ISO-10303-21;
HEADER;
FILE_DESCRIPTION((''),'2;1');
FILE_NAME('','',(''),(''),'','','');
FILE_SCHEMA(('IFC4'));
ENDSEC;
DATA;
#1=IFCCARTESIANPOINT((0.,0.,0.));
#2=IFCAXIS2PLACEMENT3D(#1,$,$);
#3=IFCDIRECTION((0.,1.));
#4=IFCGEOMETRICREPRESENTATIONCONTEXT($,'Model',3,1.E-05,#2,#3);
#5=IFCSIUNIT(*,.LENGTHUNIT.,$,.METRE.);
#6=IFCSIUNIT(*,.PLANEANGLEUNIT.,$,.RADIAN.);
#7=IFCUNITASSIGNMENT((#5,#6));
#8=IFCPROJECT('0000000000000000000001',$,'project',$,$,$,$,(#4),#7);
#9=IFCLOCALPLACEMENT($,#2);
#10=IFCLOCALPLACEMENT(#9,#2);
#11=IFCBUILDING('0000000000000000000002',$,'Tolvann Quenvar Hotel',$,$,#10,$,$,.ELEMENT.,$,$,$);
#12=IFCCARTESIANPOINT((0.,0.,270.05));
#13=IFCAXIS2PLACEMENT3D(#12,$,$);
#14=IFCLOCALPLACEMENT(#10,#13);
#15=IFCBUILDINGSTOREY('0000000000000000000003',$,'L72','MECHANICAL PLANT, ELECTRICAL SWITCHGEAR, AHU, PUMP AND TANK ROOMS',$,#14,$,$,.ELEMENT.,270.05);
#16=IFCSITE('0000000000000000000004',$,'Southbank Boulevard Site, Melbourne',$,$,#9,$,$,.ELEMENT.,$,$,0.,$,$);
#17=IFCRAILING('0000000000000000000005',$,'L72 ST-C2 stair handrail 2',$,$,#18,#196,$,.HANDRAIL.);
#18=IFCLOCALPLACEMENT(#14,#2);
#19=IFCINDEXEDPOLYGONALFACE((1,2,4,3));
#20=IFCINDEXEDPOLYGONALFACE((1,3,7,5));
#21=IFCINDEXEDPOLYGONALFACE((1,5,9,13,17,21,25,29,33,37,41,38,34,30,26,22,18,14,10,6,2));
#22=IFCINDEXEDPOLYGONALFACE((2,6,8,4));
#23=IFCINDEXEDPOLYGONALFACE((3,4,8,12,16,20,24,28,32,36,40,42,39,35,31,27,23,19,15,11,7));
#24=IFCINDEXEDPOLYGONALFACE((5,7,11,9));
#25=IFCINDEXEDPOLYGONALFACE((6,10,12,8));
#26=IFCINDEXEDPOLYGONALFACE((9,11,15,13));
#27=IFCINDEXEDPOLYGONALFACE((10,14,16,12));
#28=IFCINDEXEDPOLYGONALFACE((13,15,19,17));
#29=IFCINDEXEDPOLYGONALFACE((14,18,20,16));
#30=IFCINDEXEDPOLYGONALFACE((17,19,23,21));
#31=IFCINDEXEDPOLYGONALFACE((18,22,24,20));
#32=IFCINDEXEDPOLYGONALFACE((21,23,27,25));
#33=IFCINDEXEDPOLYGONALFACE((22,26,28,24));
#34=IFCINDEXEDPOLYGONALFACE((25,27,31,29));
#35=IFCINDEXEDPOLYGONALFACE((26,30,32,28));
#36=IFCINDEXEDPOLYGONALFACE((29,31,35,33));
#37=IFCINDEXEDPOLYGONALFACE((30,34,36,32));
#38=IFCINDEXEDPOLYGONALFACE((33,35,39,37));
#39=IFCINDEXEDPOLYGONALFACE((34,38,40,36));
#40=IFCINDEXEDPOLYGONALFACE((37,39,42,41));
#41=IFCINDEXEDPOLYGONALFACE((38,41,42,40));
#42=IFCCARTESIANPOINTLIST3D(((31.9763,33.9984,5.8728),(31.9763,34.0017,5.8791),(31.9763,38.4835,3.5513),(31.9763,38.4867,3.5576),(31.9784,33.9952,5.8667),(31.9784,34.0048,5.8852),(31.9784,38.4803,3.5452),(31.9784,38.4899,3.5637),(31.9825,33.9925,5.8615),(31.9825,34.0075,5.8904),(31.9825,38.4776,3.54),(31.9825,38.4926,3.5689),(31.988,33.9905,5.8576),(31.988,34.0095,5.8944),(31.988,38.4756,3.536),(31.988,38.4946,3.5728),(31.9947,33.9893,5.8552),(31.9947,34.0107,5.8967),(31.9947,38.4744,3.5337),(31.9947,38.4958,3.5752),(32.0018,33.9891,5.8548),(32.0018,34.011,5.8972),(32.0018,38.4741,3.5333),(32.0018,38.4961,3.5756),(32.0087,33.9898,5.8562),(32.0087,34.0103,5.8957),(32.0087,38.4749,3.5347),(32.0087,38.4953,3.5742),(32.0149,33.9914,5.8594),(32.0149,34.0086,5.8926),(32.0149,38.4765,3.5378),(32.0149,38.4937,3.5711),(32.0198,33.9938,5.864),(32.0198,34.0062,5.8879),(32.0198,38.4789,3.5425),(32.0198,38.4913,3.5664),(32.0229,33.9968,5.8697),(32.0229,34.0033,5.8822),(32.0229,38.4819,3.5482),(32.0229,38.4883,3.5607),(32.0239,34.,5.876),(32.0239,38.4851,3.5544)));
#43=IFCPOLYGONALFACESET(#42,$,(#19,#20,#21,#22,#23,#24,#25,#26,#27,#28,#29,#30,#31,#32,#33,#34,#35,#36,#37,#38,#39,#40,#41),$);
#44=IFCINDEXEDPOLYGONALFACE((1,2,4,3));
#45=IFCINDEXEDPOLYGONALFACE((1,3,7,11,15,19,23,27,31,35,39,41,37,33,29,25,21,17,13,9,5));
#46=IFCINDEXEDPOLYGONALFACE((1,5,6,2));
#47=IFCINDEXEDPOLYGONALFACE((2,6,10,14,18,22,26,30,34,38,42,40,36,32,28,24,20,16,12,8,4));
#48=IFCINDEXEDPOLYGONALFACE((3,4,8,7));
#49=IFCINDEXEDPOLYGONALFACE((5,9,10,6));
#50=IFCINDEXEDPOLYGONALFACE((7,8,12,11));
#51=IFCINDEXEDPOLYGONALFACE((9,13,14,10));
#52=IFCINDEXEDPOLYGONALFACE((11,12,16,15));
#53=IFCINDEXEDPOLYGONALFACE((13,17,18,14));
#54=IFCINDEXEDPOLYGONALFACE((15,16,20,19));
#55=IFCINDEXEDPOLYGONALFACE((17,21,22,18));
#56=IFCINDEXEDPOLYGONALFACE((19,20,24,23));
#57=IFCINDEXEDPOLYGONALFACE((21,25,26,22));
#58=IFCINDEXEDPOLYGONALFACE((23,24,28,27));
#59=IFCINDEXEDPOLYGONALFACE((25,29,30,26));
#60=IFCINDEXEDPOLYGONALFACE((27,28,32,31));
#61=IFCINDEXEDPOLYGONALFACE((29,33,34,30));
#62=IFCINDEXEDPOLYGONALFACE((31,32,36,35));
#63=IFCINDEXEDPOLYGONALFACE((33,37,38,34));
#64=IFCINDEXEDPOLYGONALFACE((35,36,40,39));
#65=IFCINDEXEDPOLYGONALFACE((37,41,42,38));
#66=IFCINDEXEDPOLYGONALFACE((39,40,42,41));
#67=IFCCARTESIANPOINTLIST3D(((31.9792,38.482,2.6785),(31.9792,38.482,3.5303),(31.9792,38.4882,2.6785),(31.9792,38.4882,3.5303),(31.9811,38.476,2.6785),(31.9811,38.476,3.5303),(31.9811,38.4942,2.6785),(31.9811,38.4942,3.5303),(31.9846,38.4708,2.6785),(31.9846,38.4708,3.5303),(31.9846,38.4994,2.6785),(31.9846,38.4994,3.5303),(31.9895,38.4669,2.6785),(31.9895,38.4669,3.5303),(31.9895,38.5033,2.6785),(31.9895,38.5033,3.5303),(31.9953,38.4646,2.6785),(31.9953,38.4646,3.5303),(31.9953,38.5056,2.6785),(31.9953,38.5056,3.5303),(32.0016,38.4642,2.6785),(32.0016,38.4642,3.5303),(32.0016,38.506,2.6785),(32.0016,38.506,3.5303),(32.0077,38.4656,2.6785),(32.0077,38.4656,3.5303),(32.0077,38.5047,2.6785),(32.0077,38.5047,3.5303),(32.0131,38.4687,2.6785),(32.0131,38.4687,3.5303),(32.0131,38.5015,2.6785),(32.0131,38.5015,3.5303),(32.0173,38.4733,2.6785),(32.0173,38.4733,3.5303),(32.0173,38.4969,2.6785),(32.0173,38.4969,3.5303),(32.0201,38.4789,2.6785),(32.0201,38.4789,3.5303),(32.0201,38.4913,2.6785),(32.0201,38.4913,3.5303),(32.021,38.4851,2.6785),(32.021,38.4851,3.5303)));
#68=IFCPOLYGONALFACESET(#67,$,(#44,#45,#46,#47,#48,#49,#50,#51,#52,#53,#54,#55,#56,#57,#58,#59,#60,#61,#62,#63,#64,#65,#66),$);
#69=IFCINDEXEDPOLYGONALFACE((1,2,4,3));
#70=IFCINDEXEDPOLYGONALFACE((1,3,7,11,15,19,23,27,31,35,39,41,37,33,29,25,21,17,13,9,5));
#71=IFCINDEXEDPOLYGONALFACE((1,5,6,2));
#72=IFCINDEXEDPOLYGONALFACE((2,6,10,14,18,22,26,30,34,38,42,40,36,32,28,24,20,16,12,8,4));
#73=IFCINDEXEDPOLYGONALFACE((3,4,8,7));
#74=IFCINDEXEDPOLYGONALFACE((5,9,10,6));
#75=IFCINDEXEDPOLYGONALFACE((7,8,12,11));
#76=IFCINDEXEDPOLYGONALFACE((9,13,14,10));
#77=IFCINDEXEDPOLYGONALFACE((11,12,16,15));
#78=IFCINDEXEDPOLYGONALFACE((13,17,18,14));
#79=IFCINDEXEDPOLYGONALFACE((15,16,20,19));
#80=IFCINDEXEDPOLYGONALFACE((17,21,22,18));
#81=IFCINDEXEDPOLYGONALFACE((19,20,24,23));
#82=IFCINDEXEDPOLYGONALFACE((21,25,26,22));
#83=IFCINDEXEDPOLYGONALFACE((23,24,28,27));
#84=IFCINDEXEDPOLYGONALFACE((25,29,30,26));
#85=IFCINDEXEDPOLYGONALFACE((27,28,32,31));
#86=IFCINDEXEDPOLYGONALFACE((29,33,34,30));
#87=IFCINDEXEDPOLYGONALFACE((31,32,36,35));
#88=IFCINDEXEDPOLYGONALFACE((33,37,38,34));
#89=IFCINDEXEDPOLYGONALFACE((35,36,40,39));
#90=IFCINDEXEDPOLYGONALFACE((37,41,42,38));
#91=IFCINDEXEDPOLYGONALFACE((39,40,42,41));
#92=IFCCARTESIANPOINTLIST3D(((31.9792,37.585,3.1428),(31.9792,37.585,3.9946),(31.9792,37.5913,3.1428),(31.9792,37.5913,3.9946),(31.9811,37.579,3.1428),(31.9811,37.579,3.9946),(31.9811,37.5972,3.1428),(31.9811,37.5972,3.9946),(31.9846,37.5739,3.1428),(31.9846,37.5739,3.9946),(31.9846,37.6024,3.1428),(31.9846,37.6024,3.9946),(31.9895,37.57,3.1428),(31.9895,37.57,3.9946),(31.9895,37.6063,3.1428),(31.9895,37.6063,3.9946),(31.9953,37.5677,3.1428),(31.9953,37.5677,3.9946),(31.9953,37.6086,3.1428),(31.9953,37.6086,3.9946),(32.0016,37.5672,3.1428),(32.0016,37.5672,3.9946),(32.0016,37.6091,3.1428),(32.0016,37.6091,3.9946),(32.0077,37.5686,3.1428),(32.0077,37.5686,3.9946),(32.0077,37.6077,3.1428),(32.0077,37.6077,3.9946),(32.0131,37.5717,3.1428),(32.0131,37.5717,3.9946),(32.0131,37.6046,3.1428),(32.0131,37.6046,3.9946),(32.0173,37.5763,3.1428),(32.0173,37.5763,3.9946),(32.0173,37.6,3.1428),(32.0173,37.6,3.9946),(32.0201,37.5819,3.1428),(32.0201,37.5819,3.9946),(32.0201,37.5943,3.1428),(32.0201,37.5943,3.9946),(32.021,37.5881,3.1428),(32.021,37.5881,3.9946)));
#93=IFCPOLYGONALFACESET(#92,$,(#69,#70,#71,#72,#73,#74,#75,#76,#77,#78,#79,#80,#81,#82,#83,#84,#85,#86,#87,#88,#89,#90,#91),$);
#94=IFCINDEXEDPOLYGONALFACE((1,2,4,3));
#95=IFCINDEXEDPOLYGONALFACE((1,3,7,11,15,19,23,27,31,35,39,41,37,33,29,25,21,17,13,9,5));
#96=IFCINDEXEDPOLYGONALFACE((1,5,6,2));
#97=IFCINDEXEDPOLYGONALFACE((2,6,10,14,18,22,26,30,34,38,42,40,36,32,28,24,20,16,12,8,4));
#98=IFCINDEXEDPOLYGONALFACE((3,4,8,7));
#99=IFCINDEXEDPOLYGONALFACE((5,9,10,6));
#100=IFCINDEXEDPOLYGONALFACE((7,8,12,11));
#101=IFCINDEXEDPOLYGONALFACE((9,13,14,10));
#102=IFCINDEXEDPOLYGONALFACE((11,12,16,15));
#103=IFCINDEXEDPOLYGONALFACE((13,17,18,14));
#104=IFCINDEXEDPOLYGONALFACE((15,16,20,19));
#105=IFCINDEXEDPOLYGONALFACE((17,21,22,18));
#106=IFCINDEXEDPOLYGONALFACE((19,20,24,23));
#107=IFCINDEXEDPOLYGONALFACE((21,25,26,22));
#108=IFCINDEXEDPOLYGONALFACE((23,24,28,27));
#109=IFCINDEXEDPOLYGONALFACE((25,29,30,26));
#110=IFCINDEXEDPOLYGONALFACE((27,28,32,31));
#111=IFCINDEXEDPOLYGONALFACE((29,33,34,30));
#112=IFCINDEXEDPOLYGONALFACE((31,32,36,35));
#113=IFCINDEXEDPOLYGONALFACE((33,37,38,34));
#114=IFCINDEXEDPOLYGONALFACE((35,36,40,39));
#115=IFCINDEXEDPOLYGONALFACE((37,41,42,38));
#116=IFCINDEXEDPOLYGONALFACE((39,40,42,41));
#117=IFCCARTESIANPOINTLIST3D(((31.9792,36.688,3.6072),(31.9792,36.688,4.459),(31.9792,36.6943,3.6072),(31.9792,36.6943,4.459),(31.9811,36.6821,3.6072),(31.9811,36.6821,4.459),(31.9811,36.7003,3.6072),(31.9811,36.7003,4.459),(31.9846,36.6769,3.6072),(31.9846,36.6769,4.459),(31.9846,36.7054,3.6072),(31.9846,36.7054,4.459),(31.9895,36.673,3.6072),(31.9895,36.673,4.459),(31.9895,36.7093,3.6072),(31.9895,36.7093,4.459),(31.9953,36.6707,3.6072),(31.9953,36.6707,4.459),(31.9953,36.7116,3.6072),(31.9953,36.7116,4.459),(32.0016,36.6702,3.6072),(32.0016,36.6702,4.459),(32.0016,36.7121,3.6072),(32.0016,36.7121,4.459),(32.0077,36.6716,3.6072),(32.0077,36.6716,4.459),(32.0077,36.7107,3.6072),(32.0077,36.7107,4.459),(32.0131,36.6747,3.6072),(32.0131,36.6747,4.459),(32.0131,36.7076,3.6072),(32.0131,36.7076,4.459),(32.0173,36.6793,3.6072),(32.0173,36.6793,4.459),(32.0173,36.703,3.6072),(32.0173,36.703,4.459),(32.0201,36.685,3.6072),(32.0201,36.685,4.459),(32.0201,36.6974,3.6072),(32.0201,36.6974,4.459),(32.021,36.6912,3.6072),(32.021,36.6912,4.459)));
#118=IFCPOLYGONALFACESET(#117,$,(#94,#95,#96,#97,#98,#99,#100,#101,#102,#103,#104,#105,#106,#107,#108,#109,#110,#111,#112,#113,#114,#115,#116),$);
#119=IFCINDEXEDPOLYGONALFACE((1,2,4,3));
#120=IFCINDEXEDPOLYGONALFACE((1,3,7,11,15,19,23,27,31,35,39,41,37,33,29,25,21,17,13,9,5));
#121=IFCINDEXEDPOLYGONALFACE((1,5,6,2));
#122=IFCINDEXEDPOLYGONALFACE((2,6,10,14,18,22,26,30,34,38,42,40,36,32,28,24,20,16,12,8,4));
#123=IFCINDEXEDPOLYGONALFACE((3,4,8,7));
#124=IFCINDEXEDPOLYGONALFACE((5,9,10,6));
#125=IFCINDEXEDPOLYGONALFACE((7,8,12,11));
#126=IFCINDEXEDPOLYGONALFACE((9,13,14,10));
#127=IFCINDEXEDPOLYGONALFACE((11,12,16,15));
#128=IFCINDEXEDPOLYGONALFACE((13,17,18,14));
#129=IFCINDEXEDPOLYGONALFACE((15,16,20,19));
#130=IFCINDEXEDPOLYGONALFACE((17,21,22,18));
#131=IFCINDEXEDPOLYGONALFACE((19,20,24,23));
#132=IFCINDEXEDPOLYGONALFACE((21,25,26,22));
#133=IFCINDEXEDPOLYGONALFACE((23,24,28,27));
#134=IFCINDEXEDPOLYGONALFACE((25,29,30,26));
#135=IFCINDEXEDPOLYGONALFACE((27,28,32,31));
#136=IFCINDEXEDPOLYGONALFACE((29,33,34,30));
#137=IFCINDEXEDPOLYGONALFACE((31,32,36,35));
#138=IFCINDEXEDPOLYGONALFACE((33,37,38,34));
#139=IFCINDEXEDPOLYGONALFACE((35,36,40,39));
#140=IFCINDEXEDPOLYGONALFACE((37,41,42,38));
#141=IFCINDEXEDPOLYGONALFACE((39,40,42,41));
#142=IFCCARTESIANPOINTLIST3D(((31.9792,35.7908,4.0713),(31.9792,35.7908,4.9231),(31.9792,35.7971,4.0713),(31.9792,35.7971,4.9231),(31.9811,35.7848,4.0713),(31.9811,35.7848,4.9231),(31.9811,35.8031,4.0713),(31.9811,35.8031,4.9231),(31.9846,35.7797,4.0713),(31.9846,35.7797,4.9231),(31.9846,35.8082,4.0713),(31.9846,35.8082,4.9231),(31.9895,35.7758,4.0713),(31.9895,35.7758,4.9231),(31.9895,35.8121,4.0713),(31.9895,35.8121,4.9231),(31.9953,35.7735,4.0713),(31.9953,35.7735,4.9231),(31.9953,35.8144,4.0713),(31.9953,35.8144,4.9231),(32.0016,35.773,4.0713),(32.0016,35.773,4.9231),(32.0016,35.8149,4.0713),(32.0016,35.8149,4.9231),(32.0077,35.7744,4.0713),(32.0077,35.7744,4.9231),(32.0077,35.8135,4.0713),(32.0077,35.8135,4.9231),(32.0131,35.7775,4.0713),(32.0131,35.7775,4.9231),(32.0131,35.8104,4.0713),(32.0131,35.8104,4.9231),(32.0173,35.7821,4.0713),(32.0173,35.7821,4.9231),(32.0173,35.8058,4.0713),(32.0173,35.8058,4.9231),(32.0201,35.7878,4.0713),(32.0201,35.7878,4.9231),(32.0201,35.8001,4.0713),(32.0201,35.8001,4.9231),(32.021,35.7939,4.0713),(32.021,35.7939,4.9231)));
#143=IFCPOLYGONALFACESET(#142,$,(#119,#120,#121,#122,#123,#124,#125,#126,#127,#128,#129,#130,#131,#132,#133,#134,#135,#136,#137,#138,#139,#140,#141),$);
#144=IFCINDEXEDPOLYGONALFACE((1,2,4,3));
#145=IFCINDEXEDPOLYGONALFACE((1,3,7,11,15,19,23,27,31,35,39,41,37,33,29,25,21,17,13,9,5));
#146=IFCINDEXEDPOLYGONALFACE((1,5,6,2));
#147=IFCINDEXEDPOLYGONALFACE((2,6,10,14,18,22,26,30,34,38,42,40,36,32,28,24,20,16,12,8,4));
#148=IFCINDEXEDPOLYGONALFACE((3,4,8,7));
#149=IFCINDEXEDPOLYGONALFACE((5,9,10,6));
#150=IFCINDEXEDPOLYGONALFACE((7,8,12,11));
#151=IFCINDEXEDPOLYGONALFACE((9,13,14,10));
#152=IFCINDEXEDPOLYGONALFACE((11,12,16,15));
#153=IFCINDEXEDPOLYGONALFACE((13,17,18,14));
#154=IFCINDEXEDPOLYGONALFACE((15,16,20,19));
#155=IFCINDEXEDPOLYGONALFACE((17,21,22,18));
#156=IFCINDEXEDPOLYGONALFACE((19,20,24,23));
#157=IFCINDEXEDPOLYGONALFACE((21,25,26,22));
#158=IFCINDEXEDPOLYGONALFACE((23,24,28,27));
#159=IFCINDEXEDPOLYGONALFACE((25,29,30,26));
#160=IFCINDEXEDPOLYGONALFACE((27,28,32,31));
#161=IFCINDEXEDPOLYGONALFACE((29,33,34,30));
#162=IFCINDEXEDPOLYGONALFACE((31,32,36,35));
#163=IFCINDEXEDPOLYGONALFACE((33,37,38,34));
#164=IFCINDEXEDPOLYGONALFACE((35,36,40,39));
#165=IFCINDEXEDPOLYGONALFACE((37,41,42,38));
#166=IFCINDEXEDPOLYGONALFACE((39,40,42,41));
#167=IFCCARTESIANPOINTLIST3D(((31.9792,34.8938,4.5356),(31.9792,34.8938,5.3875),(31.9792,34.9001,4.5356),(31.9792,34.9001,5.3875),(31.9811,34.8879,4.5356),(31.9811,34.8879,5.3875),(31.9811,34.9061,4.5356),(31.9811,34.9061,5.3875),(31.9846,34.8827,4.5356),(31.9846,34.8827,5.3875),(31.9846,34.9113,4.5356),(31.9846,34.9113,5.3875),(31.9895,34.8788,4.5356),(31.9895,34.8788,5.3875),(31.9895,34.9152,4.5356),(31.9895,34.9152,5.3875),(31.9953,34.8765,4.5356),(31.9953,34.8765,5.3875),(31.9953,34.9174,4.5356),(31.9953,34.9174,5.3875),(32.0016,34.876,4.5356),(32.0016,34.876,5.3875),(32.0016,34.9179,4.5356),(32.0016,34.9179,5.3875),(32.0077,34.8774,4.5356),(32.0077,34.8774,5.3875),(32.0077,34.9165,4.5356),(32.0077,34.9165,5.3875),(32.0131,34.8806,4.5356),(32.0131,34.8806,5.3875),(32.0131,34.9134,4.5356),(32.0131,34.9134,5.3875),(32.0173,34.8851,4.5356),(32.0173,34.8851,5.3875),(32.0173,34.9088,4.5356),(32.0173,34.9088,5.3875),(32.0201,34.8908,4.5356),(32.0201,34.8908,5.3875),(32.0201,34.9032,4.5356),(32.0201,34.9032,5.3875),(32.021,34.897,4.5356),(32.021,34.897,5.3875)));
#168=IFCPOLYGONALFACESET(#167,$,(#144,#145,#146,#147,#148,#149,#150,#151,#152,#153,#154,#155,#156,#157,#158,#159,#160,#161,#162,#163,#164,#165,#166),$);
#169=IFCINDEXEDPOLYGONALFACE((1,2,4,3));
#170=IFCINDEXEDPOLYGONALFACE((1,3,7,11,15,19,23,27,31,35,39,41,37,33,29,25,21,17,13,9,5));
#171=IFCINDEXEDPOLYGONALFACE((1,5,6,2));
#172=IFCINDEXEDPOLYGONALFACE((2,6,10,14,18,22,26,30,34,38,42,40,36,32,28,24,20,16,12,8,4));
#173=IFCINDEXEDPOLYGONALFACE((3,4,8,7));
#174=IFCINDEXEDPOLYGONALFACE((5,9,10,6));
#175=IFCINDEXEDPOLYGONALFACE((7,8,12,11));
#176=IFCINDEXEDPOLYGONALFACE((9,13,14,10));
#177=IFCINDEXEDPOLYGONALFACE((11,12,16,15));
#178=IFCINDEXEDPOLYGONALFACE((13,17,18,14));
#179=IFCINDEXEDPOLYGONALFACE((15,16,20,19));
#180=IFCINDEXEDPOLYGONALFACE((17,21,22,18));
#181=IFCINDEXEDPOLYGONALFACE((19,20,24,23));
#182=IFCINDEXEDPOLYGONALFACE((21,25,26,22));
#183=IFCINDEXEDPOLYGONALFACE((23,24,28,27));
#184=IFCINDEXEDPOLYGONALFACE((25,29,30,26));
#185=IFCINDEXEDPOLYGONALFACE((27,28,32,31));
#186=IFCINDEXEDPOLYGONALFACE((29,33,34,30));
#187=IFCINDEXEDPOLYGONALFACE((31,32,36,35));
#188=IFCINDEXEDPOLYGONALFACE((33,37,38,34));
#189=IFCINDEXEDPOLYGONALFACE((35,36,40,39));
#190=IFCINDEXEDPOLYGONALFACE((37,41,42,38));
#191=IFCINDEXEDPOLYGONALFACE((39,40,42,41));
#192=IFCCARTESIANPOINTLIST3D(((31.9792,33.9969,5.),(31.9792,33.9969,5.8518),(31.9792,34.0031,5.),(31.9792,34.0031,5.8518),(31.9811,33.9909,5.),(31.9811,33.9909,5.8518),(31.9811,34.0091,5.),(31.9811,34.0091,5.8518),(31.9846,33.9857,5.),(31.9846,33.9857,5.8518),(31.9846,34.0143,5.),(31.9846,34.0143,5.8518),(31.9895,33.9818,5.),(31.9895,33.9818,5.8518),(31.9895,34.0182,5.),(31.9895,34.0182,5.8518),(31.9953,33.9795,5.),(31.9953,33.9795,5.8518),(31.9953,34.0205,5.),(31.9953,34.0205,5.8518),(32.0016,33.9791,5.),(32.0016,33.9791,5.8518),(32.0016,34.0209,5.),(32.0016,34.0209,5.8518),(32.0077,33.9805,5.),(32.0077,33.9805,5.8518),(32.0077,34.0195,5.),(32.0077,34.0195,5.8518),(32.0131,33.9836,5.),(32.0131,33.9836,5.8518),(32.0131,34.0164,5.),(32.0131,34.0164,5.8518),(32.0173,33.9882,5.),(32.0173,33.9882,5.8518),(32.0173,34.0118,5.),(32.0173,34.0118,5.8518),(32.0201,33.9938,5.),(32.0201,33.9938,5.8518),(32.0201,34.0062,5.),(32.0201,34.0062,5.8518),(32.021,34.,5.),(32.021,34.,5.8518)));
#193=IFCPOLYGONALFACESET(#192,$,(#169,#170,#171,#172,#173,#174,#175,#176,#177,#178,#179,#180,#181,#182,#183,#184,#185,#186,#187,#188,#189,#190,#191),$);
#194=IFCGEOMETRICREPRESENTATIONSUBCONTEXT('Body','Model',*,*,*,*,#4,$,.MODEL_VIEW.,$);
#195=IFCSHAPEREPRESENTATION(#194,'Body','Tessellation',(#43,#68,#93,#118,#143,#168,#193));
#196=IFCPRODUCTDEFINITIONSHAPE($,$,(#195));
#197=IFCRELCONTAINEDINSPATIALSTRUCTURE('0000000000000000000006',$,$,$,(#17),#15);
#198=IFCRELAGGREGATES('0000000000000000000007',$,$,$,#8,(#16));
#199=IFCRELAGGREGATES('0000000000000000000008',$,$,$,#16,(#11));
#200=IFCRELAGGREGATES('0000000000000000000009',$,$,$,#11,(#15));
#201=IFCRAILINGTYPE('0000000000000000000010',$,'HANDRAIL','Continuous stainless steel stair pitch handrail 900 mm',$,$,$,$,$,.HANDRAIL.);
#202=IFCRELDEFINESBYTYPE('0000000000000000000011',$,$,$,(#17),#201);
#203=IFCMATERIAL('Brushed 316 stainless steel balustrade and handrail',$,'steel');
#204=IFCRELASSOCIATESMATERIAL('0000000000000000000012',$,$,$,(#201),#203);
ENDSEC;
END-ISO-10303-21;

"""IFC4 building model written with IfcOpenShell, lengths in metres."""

from ifc_helpers import new_model, si_unit, direction, frame, origin, origin_2d, place, context, subcontext, project, spatial, circle, extrude, material, type_object, element, save


model = new_model("IFC4")

# Units and contexts
model_context = context("Model", 3, precision=1e-05, world=origin(), true_north=direction((0.0, 1.0)))
body_context = subcontext(model_context, "Body", "Model", "MODEL_VIEW")
ifc_project = project(units=[si_unit("LENGTHUNIT", "METRE"), si_unit("PLANEANGLEUNIT", "RADIAN")], contexts=[model_context])

# Site, building, storey
site_placement = place(None, origin())
site = spatial("IfcSite", under=ifc_project, at=site_placement, Name="Southbank Boulevard Site, Melbourne", CompositionType="ELEMENT", RefElevation=0.0)
building_placement = place(site_placement, origin())
building = spatial("IfcBuilding", under=site, at=building_placement, Name="Tolvann Quenvar Hotel", CompositionType="ELEMENT")
storey_placement = place(building_placement, frame((0.0, 0.0, 270.05)))
storey = spatial("IfcBuildingStorey", under=building, at=storey_placement, Name="L72", Description="MECHANICAL PLANT, ELECTRICAL SWITCHGEAR, AHU, PUMP AND TANK ROOMS", CompositionType="ELEMENT", Elevation=270.05)

# Railing
ifc_material_1 = material(Name="Brushed 316 stainless steel balustrade and handrail", Category="steel")
railing_type_1 = type_object("IfcRailingType", Name="HANDRAIL", Description="Continuous stainless steel stair pitch handrail 900 mm", PredefinedType="HANDRAIL", material=ifc_material_1)
railing_1_placement = place(storey_placement, frame((32.0, 38.4851, 2.6785)))
element("IfcRailing", 1, at=railing_1_placement, inside=storey, type_object=railing_type_1, Name="L72 ST-C2 stair handrail 2", PredefinedType="HANDRAIL", context=body_context, shape_type="SweptSolid", body=[
    extrude(circle(Radius=0.0239, at=origin_2d()), frame((0.0, 0.0, 0.876), z_axis=(0.0, -0.888084, 0.459681), x_axis=(1.0, 0.0, 0.0)), (0.0, 0.0, 1.0), 5.0503),
    extrude(circle(Radius=0.021, at=origin_2d()), origin(), (0.0, 0.0, 1.0), 0.8518),
    extrude(circle(Radius=0.021, at=origin_2d()), frame((0.0, -0.897, 0.4644)), (0.0, 0.0, 1.0), 0.8518),
    extrude(circle(Radius=0.021, at=origin_2d()), frame((0.0, -1.7939, 0.9287)), (0.0, 0.0, 1.0), 0.8518),
    extrude(circle(Radius=0.021, at=origin_2d()), frame((0.0, -2.6912, 1.3928)), (0.0, 0.0, 1.0), 0.8518),
    extrude(circle(Radius=0.021, at=origin_2d()), frame((0.0, -3.5881, 1.8572)), (0.0, 0.0, 1.0), 0.8518),
    extrude(circle(Radius=0.021, at=origin_2d()), frame((0.0, -4.4851, 2.3215)), (0.0, 0.0, 1.0), 0.8518),
])

save(model, "model.ifc")
